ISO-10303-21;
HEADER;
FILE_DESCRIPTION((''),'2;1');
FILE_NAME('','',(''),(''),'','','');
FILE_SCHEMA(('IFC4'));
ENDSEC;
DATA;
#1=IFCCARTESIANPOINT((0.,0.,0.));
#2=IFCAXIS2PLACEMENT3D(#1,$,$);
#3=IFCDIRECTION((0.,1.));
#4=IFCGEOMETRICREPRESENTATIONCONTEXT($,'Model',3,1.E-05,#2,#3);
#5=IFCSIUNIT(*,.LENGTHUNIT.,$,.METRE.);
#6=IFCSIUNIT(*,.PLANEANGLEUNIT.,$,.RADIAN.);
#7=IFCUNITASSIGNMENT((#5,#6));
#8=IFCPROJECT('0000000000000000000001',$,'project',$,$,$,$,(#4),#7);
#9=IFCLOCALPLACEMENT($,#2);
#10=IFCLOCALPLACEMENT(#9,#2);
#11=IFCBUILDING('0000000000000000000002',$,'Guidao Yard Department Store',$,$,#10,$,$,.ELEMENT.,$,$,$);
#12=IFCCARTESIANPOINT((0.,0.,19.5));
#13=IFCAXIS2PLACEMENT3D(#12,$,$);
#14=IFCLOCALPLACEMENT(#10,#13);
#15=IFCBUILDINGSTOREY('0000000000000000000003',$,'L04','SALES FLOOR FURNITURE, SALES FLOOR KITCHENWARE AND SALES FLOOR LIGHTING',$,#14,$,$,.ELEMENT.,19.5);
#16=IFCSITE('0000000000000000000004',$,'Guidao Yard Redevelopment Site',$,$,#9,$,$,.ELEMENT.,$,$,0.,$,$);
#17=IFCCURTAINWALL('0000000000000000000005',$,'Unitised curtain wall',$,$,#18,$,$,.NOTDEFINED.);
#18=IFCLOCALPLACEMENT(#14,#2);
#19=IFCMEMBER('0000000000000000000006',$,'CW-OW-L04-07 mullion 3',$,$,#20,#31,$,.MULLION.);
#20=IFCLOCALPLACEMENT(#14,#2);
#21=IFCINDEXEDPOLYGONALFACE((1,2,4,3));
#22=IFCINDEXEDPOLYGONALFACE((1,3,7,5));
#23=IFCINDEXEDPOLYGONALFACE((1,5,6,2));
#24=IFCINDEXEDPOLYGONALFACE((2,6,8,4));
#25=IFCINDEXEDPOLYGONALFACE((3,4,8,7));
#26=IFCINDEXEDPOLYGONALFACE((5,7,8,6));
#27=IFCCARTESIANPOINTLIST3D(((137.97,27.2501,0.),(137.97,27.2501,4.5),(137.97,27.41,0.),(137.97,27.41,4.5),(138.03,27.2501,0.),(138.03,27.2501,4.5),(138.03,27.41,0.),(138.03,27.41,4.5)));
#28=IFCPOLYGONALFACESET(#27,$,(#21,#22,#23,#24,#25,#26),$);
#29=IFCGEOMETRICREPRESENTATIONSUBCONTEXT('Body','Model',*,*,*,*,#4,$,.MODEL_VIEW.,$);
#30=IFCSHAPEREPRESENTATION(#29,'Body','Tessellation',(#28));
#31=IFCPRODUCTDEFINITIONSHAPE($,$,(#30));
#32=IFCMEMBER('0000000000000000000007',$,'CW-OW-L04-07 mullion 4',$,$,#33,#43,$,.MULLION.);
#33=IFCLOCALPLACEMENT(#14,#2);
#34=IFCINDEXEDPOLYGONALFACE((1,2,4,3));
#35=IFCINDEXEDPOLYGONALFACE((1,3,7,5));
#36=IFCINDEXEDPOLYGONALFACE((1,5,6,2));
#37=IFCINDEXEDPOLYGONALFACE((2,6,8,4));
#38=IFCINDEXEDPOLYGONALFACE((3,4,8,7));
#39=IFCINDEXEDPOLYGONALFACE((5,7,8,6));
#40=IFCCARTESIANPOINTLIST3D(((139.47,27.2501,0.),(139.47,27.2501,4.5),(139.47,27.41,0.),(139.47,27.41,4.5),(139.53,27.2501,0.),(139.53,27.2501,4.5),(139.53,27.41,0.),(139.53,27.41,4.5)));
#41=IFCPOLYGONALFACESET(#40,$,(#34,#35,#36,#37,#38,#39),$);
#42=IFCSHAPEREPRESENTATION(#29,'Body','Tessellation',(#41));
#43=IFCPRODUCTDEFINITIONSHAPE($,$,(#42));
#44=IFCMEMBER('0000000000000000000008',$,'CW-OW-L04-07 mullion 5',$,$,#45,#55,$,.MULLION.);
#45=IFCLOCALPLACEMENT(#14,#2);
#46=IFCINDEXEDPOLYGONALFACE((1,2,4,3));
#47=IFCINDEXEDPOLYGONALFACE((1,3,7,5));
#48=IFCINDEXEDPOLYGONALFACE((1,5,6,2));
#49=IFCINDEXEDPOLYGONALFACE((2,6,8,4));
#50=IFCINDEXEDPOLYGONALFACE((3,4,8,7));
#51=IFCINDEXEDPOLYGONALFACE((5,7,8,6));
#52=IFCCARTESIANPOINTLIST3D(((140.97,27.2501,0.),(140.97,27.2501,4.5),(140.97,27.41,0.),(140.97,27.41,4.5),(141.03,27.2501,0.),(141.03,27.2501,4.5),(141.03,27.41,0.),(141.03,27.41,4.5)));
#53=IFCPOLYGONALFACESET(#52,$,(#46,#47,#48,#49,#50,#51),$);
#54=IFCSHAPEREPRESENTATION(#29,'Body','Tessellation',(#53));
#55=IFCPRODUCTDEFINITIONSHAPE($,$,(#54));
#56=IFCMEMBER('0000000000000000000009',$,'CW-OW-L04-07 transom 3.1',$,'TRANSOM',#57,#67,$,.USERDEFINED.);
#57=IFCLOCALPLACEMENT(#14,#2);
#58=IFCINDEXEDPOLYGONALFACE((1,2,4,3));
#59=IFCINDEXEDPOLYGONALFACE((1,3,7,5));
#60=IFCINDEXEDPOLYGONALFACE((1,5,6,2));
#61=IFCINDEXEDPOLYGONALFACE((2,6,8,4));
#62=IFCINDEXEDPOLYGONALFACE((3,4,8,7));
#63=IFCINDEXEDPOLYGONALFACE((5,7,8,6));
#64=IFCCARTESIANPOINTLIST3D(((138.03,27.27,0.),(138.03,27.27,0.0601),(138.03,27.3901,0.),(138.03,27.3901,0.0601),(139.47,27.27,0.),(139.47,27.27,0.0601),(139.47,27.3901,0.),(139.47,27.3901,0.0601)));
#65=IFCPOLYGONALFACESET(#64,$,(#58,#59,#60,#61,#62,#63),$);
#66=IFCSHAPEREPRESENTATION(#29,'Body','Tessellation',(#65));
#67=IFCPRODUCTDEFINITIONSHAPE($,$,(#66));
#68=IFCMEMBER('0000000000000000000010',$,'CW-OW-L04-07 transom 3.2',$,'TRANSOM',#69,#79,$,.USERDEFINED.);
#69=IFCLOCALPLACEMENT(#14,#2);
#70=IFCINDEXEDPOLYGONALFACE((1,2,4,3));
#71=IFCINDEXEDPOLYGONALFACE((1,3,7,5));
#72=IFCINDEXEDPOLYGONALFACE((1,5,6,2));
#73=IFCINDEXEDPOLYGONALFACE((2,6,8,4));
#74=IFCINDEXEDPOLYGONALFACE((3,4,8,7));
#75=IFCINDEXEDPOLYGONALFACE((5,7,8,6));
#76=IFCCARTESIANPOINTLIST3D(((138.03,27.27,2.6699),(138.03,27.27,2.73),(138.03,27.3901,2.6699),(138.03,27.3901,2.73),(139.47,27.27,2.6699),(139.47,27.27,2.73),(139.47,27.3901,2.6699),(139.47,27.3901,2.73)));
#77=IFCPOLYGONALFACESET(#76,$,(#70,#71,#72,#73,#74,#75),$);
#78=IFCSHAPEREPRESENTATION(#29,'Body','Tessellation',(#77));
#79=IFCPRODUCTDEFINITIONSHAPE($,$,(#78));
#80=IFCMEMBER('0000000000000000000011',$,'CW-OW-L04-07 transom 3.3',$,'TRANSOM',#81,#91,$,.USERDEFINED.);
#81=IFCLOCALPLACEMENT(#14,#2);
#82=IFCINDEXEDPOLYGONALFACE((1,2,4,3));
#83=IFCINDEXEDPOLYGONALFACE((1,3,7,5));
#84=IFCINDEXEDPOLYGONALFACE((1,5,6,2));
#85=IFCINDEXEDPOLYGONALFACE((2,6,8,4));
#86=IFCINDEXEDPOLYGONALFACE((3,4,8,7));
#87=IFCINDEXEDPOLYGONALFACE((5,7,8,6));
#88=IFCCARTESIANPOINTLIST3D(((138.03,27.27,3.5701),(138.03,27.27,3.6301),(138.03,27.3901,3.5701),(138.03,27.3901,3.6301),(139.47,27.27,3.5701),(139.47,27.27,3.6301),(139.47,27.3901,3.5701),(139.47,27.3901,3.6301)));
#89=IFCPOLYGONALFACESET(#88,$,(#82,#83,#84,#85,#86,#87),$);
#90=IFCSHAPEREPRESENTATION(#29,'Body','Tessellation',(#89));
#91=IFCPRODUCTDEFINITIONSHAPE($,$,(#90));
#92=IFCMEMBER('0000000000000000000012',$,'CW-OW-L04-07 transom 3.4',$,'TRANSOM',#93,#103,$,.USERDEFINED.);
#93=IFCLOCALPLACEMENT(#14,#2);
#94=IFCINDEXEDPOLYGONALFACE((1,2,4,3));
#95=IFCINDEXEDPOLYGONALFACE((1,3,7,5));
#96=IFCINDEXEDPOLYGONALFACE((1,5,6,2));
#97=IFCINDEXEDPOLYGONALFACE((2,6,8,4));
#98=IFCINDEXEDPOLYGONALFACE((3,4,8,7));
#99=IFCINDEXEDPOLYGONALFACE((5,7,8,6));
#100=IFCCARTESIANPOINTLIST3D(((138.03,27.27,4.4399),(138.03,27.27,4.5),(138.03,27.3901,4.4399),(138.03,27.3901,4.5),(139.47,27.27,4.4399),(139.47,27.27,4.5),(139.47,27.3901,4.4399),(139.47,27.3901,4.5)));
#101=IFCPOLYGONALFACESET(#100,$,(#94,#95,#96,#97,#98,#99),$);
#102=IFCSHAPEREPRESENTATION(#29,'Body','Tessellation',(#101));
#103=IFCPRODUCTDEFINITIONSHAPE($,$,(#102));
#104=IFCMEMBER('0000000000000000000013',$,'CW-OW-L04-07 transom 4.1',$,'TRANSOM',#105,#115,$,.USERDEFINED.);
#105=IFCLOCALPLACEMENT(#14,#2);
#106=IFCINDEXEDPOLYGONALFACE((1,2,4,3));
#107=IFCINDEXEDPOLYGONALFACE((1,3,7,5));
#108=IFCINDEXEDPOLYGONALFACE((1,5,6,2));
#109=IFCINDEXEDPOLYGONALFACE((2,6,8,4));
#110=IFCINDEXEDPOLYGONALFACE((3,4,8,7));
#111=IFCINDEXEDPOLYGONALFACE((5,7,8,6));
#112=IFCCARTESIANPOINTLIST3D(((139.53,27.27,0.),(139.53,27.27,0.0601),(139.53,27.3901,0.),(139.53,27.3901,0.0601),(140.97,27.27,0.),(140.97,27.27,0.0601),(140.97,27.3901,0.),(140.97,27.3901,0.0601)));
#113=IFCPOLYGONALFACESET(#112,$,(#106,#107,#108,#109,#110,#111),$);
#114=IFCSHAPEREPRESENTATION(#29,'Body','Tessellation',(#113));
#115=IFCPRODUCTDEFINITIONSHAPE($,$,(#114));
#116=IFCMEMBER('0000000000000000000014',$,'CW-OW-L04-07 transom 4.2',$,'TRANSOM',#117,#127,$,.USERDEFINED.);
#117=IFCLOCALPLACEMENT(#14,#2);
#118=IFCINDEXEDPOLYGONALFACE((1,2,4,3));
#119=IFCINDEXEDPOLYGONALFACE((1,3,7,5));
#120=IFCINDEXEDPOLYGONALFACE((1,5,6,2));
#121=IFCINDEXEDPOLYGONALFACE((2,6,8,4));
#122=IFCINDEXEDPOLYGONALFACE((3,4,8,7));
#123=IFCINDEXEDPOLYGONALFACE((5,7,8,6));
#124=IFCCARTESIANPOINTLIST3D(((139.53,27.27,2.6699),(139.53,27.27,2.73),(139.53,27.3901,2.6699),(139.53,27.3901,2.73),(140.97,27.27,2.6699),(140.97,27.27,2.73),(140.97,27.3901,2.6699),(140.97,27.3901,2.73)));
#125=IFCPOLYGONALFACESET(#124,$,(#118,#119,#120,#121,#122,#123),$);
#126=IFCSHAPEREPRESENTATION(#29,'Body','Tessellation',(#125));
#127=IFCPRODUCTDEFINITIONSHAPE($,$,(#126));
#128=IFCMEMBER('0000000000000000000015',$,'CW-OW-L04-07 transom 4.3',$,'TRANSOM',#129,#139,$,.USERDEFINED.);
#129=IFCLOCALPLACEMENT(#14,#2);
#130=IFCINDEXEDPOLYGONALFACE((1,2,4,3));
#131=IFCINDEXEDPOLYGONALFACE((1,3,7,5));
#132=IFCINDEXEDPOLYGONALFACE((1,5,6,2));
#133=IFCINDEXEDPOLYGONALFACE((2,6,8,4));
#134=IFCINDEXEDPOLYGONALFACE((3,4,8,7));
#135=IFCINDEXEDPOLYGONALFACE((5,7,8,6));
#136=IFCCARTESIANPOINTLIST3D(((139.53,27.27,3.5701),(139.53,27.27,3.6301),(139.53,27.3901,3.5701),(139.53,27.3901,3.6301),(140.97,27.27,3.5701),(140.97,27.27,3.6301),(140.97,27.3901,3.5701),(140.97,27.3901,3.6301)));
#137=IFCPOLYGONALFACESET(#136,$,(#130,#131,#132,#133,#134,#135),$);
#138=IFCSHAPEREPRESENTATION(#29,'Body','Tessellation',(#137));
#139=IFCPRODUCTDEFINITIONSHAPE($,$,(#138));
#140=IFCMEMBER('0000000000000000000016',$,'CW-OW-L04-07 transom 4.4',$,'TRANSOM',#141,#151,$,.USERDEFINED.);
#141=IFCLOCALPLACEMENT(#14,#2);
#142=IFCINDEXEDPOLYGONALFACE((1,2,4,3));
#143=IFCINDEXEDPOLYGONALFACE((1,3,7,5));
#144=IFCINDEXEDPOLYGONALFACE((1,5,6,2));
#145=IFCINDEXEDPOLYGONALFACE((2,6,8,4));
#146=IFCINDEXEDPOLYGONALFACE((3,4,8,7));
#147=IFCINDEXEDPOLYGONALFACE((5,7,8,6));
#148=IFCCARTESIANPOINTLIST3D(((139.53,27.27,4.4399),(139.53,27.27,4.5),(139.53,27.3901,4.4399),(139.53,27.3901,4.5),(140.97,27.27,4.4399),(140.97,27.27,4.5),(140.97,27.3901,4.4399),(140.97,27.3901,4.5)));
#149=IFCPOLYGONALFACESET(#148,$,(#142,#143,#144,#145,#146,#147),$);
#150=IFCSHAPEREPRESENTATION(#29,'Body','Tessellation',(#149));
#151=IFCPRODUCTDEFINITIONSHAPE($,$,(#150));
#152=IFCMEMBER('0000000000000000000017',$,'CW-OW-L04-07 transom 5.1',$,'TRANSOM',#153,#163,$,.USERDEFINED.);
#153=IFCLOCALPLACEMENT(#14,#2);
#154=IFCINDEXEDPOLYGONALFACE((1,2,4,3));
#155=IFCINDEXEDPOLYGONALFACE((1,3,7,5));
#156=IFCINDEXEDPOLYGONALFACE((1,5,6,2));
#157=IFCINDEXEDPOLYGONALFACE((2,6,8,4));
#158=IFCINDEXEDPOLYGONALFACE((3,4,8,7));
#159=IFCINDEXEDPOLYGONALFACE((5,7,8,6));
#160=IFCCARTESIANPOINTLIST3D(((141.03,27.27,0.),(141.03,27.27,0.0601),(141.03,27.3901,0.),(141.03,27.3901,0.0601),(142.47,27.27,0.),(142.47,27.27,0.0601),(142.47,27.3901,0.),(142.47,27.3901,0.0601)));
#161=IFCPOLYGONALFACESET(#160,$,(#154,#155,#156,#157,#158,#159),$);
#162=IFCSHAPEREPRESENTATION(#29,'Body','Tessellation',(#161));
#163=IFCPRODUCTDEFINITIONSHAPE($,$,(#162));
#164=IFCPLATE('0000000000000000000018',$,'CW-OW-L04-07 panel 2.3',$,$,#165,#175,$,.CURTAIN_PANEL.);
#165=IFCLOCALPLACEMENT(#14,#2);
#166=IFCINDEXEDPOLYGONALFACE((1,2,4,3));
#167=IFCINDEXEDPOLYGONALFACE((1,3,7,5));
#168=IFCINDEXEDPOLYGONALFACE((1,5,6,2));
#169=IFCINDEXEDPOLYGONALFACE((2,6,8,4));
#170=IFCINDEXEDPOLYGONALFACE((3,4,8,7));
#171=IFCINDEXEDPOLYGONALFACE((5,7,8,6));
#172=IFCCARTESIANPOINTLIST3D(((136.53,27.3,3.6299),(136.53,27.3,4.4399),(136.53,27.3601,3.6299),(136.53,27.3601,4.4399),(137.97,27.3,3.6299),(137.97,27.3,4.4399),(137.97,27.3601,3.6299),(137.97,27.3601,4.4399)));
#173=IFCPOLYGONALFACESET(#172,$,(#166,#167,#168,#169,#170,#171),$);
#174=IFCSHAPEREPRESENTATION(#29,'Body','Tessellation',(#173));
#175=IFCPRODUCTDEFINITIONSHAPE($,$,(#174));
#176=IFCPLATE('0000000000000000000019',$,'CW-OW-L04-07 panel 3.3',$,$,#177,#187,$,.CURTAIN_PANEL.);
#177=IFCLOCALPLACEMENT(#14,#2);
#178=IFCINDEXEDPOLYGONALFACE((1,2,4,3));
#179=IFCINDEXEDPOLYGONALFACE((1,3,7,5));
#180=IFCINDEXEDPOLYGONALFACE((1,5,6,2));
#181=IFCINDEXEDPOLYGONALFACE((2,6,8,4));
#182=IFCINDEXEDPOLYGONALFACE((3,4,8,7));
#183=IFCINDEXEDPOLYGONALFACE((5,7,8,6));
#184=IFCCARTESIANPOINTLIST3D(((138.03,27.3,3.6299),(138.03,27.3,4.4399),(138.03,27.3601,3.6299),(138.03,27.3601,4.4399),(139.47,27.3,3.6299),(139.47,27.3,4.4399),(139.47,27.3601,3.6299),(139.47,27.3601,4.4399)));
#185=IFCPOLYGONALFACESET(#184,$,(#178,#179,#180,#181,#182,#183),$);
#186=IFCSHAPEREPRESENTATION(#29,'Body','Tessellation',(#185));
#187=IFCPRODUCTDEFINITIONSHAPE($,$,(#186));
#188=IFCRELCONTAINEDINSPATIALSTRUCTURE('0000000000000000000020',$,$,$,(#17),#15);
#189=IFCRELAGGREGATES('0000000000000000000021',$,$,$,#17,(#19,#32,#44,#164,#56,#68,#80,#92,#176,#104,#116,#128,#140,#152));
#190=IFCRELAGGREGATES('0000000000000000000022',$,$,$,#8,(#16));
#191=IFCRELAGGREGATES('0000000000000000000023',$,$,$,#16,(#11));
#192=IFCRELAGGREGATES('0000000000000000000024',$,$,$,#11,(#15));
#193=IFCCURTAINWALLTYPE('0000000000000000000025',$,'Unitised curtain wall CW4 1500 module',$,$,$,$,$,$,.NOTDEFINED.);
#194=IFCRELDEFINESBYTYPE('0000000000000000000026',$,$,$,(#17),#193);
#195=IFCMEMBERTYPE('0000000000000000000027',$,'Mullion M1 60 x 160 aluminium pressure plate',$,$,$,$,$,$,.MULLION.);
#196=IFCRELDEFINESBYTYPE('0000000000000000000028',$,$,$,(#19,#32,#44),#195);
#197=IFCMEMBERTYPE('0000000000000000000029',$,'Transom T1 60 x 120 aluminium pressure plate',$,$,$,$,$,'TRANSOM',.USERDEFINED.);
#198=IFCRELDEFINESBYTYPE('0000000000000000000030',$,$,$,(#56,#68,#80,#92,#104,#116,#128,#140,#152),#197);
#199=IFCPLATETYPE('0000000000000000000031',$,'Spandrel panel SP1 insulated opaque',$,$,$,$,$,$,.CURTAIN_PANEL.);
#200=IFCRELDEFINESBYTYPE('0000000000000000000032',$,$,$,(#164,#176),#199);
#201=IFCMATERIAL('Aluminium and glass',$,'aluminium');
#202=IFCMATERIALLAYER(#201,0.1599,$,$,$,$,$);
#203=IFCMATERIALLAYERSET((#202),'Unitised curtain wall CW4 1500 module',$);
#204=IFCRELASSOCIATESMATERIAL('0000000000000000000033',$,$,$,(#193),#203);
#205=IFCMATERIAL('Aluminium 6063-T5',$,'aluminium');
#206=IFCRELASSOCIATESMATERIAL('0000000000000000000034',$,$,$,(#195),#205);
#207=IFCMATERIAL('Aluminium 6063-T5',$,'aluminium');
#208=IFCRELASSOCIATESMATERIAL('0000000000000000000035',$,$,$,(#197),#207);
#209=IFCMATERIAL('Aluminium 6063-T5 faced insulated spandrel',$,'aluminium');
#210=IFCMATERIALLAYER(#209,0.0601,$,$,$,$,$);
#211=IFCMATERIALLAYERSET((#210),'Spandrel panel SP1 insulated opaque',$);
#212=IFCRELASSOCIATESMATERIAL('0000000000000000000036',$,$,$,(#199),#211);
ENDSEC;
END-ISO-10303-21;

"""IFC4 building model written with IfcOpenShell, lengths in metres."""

from ifc_helpers import new_model, si_unit, direction, frame, origin, origin_2d, place, context, subcontext, project, spatial, rectangle, extrude, material, layer, layer_set, material_profile, profile_set, type_object, element, aggregate, save


model = new_model("IFC4")

# Units and contexts
model_context = context("Model", 3, precision=1e-05, world=origin(), true_north=direction((0.0, 1.0)))
body_context = subcontext(model_context, "Body", "Model", "MODEL_VIEW")
ifc_project = project(units=[si_unit("LENGTHUNIT", "METRE"), si_unit("PLANEANGLEUNIT", "RADIAN")], contexts=[model_context])

# Site, building, storey
site_placement = place(None, origin())
site = spatial("IfcSite", under=ifc_project, at=site_placement, Name="Guidao Yard Redevelopment Site", CompositionType="ELEMENT", RefElevation=0.0)
building_placement = place(site_placement, origin())
building = spatial("IfcBuilding", under=site, at=building_placement, Name="Guidao Yard Department Store", CompositionType="ELEMENT")
storey_placement = place(building_placement, frame((0.0, 0.0, 19.5)))
storey = spatial("IfcBuildingStorey", under=building, at=storey_placement, Name="L04", Description="SALES FLOOR FURNITURE, SALES FLOOR KITCHENWARE AND SALES FLOOR LIGHTING", CompositionType="ELEMENT", Elevation=19.5)

# Curtain wall, members, plates
ifc_material_1 = material(Name="Aluminium and glass", Category="aluminium")
ifc_layer_1 = layer(ifc_material_1, 0.1599)
ifc_layer_set_1 = layer_set([ifc_layer_1], Name="Unitised curtain wall CW4 1500 module")
curtain_wall_type = type_object("IfcCurtainWallType", Name="Unitised curtain wall CW4 1500 module", PredefinedType="NOTDEFINED", material=ifc_layer_set_1)
curtain_wall_placement = place(storey_placement, origin())
curtain_wall = element("IfcCurtainWall", 1, at=curtain_wall_placement, inside=storey, type_object=curtain_wall_type, Name="Unitised curtain wall", PredefinedType="NOTDEFINED")
ifc_material_2 = material(Name="Aluminium 6063-T5", Category="aluminium")
ifc_material_profile_1 = material_profile(ifc_material_2, rectangle(XDim=0.0601, YDim=0.1599, at=origin_2d()), Name="Mullion M1 60 x 160 aluminium pressure plate")
ifc_profile_set_1 = profile_set([ifc_material_profile_1], Name="Aluminium 6063-T5")
member_type_1 = type_object("IfcMemberType", Name="Mullion M1 60 x 160 aluminium pressure plate", PredefinedType="MULLION", material=ifc_profile_set_1)
member_1_placement = place(storey_placement, frame((138.0, 27.3301, 0.0), z_axis=(0.0, 0.0, 1.0), x_axis=(1.0, 0.0, 0.0)))
member_1 = element("IfcMember", 2, at=member_1_placement, type_object=member_type_1, Name="CW-OW-L04-07 mullion 3", PredefinedType="MULLION", context=body_context, shape_type="SweptSolid", body=[
    extrude(rectangle(XDim=0.0601, YDim=0.1599, at=origin_2d()), origin(), (0.0, 0.0, 1.0), 4.5),
])
member_2_placement = place(storey_placement, frame((139.5, 27.3301, 0.0), z_axis=(0.0, 0.0, 1.0), x_axis=(1.0, 0.0, 0.0)))
member_2 = element("IfcMember", 3, at=member_2_placement, type_object=member_type_1, Name="CW-OW-L04-07 mullion 4", PredefinedType="MULLION", context=body_context, shape_type="SweptSolid", body=[
    extrude(rectangle(XDim=0.0601, YDim=0.1599, at=origin_2d()), origin(), (0.0, 0.0, 1.0), 4.5),
])
member_3_placement = place(storey_placement, frame((141.0, 27.3301, 0.0), z_axis=(0.0, 0.0, 1.0), x_axis=(1.0, 0.0, 0.0)))
member_3 = element("IfcMember", 4, at=member_3_placement, type_object=member_type_1, Name="CW-OW-L04-07 mullion 5", PredefinedType="MULLION", context=body_context, shape_type="SweptSolid", body=[
    extrude(rectangle(XDim=0.0601, YDim=0.1599, at=origin_2d()), origin(), (0.0, 0.0, 1.0), 4.5),
])
ifc_material_3 = material(Name="Aluminium 6063-T5", Category="aluminium")
ifc_material_profile_2 = material_profile(ifc_material_3, rectangle(XDim=0.1201, YDim=0.0601, at=origin_2d()), Name="Transom T1 60 x 120 aluminium pressure plate")
ifc_profile_set_2 = profile_set([ifc_material_profile_2], Name="Aluminium 6063-T5")
member_type_2 = type_object("IfcMemberType", Name="Transom T1 60 x 120 aluminium pressure plate", ElementType="TRANSOM", PredefinedType="USERDEFINED", material=ifc_profile_set_2)
member_4_placement = place(storey_placement, frame((138.03, 27.3301, 0.03), z_axis=(1.0, 0.0, 0.0), x_axis=(0.0, 1.0, 0.0)))
member_4 = element("IfcMember", 5, at=member_4_placement, type_object=member_type_2, Name="CW-OW-L04-07 transom 3.1", ObjectType="TRANSOM", PredefinedType="USERDEFINED", context=body_context, shape_type="SweptSolid", body=[
    extrude(rectangle(XDim=0.1201, YDim=0.0601, at=origin_2d()), origin(), (0.0, 0.0, 1.0), 1.4399),
])
member_5_placement = place(storey_placement, frame((138.03, 27.3301, 2.7), z_axis=(1.0, 0.0, 0.0), x_axis=(0.0, 1.0, 0.0)))
member_5 = element("IfcMember", 6, at=member_5_placement, type_object=member_type_2, Name="CW-OW-L04-07 transom 3.2", ObjectType="TRANSOM", PredefinedType="USERDEFINED", context=body_context, shape_type="SweptSolid", body=[
    extrude(rectangle(XDim=0.1201, YDim=0.0601, at=origin_2d()), origin(), (0.0, 0.0, 1.0), 1.4399),
])
member_6_placement = place(storey_placement, frame((138.03, 27.3301, 3.6001), z_axis=(1.0, 0.0, 0.0), x_axis=(0.0, 1.0, 0.0)))
member_6 = element("IfcMember", 7, at=member_6_placement, type_object=member_type_2, Name="CW-OW-L04-07 transom 3.3", ObjectType="TRANSOM", PredefinedType="USERDEFINED", context=body_context, shape_type="SweptSolid", body=[
    extrude(rectangle(XDim=0.1201, YDim=0.0601, at=origin_2d()), origin(), (0.0, 0.0, 1.0), 1.4399),
])
member_7_placement = place(storey_placement, frame((138.03, 27.3301, 4.47), z_axis=(1.0, 0.0, 0.0), x_axis=(0.0, 1.0, 0.0)))
member_7 = element("IfcMember", 8, at=member_7_placement, type_object=member_type_2, Name="CW-OW-L04-07 transom 3.4", ObjectType="TRANSOM", PredefinedType="USERDEFINED", context=body_context, shape_type="SweptSolid", body=[
    extrude(rectangle(XDim=0.1201, YDim=0.0601, at=origin_2d()), origin(), (0.0, 0.0, 1.0), 1.4399),
])
member_8_placement = place(storey_placement, frame((139.53, 27.3301, 0.03), z_axis=(1.0, 0.0, 0.0), x_axis=(0.0, 1.0, 0.0)))
member_8 = element("IfcMember", 9, at=member_8_placement, type_object=member_type_2, Name="CW-OW-L04-07 transom 4.1", ObjectType="TRANSOM", PredefinedType="USERDEFINED", context=body_context, shape_type="SweptSolid", body=[
    extrude(rectangle(XDim=0.1201, YDim=0.0601, at=origin_2d()), origin(), (0.0, 0.0, 1.0), 1.4399),
])
member_9_placement = place(storey_placement, frame((139.53, 27.3301, 2.7), z_axis=(1.0, 0.0, 0.0), x_axis=(0.0, 1.0, 0.0)))
member_9 = element("IfcMember", 10, at=member_9_placement, type_object=member_type_2, Name="CW-OW-L04-07 transom 4.2", ObjectType="TRANSOM", PredefinedType="USERDEFINED", context=body_context, shape_type="SweptSolid", body=[
    extrude(rectangle(XDim=0.1201, YDim=0.0601, at=origin_2d()), origin(), (0.0, 0.0, 1.0), 1.4399),
])
member_10_placement = place(storey_placement, frame((139.53, 27.3301, 3.6001), z_axis=(1.0, 0.0, 0.0), x_axis=(0.0, 1.0, 0.0)))
member_10 = element("IfcMember", 11, at=member_10_placement, type_object=member_type_2, Name="CW-OW-L04-07 transom 4.3", ObjectType="TRANSOM", PredefinedType="USERDEFINED", context=body_context, shape_type="SweptSolid", body=[
    extrude(rectangle(XDim=0.1201, YDim=0.0601, at=origin_2d()), origin(), (0.0, 0.0, 1.0), 1.4399),
])
member_11_placement = place(storey_placement, frame((139.53, 27.3301, 4.47), z_axis=(1.0, 0.0, 0.0), x_axis=(0.0, 1.0, 0.0)))
member_11 = element("IfcMember", 12, at=member_11_placement, type_object=member_type_2, Name="CW-OW-L04-07 transom 4.4", ObjectType="TRANSOM", PredefinedType="USERDEFINED", context=body_context, shape_type="SweptSolid", body=[
    extrude(rectangle(XDim=0.1201, YDim=0.0601, at=origin_2d()), origin(), (0.0, 0.0, 1.0), 1.4399),
])
member_12_placement = place(storey_placement, frame((141.03, 27.3301, 0.03), z_axis=(1.0, 0.0, 0.0), x_axis=(0.0, 1.0, 0.0)))
member_12 = element("IfcMember", 13, at=member_12_placement, type_object=member_type_2, Name="CW-OW-L04-07 transom 5.1", ObjectType="TRANSOM", PredefinedType="USERDEFINED", context=body_context, shape_type="SweptSolid", body=[
    extrude(rectangle(XDim=0.1201, YDim=0.0601, at=origin_2d()), origin(), (0.0, 0.0, 1.0), 1.4399),
])
ifc_material_4 = material(Name="Aluminium 6063-T5 faced insulated spandrel", Category="aluminium")
ifc_layer_2 = layer(ifc_material_4, 0.0601)
ifc_layer_set_2 = layer_set([ifc_layer_2], Name="Spandrel panel SP1 insulated opaque")
plate_type_1 = type_object("IfcPlateType", Name="Spandrel panel SP1 insulated opaque", PredefinedType="CURTAIN_PANEL", material=ifc_layer_set_2)
plate_1_placement = place(storey_placement, frame((137.25, 27.3301, 3.6299), z_axis=(0.0, 0.0, 1.0), x_axis=(1.0, 0.0, 0.0)))
plate_1 = element("IfcPlate", 14, at=plate_1_placement, type_object=plate_type_1, Name="CW-OW-L04-07 panel 2.3", PredefinedType="CURTAIN_PANEL", context=body_context, shape_type="SweptSolid", body=[
    extrude(rectangle(XDim=1.4399, YDim=0.0601, at=origin_2d()), origin(), (0.0, 0.0, 1.0), 0.8101),
])
plate_2_placement = place(storey_placement, frame((138.75, 27.3301, 3.6299), z_axis=(0.0, 0.0, 1.0), x_axis=(1.0, 0.0, 0.0)))
plate_2 = element("IfcPlate", 15, at=plate_2_placement, type_object=plate_type_1, Name="CW-OW-L04-07 panel 3.3", PredefinedType="CURTAIN_PANEL", context=body_context, shape_type="SweptSolid", body=[
    extrude(rectangle(XDim=1.4399, YDim=0.0601, at=origin_2d()), origin(), (0.0, 0.0, 1.0), 0.8101),
])
aggregate(curtain_wall, [member_1, member_2, member_3, plate_1, member_4, member_5, member_6, member_7, plate_2, member_8, member_9, member_10, member_11, member_12])

save(model, "model.ifc")
